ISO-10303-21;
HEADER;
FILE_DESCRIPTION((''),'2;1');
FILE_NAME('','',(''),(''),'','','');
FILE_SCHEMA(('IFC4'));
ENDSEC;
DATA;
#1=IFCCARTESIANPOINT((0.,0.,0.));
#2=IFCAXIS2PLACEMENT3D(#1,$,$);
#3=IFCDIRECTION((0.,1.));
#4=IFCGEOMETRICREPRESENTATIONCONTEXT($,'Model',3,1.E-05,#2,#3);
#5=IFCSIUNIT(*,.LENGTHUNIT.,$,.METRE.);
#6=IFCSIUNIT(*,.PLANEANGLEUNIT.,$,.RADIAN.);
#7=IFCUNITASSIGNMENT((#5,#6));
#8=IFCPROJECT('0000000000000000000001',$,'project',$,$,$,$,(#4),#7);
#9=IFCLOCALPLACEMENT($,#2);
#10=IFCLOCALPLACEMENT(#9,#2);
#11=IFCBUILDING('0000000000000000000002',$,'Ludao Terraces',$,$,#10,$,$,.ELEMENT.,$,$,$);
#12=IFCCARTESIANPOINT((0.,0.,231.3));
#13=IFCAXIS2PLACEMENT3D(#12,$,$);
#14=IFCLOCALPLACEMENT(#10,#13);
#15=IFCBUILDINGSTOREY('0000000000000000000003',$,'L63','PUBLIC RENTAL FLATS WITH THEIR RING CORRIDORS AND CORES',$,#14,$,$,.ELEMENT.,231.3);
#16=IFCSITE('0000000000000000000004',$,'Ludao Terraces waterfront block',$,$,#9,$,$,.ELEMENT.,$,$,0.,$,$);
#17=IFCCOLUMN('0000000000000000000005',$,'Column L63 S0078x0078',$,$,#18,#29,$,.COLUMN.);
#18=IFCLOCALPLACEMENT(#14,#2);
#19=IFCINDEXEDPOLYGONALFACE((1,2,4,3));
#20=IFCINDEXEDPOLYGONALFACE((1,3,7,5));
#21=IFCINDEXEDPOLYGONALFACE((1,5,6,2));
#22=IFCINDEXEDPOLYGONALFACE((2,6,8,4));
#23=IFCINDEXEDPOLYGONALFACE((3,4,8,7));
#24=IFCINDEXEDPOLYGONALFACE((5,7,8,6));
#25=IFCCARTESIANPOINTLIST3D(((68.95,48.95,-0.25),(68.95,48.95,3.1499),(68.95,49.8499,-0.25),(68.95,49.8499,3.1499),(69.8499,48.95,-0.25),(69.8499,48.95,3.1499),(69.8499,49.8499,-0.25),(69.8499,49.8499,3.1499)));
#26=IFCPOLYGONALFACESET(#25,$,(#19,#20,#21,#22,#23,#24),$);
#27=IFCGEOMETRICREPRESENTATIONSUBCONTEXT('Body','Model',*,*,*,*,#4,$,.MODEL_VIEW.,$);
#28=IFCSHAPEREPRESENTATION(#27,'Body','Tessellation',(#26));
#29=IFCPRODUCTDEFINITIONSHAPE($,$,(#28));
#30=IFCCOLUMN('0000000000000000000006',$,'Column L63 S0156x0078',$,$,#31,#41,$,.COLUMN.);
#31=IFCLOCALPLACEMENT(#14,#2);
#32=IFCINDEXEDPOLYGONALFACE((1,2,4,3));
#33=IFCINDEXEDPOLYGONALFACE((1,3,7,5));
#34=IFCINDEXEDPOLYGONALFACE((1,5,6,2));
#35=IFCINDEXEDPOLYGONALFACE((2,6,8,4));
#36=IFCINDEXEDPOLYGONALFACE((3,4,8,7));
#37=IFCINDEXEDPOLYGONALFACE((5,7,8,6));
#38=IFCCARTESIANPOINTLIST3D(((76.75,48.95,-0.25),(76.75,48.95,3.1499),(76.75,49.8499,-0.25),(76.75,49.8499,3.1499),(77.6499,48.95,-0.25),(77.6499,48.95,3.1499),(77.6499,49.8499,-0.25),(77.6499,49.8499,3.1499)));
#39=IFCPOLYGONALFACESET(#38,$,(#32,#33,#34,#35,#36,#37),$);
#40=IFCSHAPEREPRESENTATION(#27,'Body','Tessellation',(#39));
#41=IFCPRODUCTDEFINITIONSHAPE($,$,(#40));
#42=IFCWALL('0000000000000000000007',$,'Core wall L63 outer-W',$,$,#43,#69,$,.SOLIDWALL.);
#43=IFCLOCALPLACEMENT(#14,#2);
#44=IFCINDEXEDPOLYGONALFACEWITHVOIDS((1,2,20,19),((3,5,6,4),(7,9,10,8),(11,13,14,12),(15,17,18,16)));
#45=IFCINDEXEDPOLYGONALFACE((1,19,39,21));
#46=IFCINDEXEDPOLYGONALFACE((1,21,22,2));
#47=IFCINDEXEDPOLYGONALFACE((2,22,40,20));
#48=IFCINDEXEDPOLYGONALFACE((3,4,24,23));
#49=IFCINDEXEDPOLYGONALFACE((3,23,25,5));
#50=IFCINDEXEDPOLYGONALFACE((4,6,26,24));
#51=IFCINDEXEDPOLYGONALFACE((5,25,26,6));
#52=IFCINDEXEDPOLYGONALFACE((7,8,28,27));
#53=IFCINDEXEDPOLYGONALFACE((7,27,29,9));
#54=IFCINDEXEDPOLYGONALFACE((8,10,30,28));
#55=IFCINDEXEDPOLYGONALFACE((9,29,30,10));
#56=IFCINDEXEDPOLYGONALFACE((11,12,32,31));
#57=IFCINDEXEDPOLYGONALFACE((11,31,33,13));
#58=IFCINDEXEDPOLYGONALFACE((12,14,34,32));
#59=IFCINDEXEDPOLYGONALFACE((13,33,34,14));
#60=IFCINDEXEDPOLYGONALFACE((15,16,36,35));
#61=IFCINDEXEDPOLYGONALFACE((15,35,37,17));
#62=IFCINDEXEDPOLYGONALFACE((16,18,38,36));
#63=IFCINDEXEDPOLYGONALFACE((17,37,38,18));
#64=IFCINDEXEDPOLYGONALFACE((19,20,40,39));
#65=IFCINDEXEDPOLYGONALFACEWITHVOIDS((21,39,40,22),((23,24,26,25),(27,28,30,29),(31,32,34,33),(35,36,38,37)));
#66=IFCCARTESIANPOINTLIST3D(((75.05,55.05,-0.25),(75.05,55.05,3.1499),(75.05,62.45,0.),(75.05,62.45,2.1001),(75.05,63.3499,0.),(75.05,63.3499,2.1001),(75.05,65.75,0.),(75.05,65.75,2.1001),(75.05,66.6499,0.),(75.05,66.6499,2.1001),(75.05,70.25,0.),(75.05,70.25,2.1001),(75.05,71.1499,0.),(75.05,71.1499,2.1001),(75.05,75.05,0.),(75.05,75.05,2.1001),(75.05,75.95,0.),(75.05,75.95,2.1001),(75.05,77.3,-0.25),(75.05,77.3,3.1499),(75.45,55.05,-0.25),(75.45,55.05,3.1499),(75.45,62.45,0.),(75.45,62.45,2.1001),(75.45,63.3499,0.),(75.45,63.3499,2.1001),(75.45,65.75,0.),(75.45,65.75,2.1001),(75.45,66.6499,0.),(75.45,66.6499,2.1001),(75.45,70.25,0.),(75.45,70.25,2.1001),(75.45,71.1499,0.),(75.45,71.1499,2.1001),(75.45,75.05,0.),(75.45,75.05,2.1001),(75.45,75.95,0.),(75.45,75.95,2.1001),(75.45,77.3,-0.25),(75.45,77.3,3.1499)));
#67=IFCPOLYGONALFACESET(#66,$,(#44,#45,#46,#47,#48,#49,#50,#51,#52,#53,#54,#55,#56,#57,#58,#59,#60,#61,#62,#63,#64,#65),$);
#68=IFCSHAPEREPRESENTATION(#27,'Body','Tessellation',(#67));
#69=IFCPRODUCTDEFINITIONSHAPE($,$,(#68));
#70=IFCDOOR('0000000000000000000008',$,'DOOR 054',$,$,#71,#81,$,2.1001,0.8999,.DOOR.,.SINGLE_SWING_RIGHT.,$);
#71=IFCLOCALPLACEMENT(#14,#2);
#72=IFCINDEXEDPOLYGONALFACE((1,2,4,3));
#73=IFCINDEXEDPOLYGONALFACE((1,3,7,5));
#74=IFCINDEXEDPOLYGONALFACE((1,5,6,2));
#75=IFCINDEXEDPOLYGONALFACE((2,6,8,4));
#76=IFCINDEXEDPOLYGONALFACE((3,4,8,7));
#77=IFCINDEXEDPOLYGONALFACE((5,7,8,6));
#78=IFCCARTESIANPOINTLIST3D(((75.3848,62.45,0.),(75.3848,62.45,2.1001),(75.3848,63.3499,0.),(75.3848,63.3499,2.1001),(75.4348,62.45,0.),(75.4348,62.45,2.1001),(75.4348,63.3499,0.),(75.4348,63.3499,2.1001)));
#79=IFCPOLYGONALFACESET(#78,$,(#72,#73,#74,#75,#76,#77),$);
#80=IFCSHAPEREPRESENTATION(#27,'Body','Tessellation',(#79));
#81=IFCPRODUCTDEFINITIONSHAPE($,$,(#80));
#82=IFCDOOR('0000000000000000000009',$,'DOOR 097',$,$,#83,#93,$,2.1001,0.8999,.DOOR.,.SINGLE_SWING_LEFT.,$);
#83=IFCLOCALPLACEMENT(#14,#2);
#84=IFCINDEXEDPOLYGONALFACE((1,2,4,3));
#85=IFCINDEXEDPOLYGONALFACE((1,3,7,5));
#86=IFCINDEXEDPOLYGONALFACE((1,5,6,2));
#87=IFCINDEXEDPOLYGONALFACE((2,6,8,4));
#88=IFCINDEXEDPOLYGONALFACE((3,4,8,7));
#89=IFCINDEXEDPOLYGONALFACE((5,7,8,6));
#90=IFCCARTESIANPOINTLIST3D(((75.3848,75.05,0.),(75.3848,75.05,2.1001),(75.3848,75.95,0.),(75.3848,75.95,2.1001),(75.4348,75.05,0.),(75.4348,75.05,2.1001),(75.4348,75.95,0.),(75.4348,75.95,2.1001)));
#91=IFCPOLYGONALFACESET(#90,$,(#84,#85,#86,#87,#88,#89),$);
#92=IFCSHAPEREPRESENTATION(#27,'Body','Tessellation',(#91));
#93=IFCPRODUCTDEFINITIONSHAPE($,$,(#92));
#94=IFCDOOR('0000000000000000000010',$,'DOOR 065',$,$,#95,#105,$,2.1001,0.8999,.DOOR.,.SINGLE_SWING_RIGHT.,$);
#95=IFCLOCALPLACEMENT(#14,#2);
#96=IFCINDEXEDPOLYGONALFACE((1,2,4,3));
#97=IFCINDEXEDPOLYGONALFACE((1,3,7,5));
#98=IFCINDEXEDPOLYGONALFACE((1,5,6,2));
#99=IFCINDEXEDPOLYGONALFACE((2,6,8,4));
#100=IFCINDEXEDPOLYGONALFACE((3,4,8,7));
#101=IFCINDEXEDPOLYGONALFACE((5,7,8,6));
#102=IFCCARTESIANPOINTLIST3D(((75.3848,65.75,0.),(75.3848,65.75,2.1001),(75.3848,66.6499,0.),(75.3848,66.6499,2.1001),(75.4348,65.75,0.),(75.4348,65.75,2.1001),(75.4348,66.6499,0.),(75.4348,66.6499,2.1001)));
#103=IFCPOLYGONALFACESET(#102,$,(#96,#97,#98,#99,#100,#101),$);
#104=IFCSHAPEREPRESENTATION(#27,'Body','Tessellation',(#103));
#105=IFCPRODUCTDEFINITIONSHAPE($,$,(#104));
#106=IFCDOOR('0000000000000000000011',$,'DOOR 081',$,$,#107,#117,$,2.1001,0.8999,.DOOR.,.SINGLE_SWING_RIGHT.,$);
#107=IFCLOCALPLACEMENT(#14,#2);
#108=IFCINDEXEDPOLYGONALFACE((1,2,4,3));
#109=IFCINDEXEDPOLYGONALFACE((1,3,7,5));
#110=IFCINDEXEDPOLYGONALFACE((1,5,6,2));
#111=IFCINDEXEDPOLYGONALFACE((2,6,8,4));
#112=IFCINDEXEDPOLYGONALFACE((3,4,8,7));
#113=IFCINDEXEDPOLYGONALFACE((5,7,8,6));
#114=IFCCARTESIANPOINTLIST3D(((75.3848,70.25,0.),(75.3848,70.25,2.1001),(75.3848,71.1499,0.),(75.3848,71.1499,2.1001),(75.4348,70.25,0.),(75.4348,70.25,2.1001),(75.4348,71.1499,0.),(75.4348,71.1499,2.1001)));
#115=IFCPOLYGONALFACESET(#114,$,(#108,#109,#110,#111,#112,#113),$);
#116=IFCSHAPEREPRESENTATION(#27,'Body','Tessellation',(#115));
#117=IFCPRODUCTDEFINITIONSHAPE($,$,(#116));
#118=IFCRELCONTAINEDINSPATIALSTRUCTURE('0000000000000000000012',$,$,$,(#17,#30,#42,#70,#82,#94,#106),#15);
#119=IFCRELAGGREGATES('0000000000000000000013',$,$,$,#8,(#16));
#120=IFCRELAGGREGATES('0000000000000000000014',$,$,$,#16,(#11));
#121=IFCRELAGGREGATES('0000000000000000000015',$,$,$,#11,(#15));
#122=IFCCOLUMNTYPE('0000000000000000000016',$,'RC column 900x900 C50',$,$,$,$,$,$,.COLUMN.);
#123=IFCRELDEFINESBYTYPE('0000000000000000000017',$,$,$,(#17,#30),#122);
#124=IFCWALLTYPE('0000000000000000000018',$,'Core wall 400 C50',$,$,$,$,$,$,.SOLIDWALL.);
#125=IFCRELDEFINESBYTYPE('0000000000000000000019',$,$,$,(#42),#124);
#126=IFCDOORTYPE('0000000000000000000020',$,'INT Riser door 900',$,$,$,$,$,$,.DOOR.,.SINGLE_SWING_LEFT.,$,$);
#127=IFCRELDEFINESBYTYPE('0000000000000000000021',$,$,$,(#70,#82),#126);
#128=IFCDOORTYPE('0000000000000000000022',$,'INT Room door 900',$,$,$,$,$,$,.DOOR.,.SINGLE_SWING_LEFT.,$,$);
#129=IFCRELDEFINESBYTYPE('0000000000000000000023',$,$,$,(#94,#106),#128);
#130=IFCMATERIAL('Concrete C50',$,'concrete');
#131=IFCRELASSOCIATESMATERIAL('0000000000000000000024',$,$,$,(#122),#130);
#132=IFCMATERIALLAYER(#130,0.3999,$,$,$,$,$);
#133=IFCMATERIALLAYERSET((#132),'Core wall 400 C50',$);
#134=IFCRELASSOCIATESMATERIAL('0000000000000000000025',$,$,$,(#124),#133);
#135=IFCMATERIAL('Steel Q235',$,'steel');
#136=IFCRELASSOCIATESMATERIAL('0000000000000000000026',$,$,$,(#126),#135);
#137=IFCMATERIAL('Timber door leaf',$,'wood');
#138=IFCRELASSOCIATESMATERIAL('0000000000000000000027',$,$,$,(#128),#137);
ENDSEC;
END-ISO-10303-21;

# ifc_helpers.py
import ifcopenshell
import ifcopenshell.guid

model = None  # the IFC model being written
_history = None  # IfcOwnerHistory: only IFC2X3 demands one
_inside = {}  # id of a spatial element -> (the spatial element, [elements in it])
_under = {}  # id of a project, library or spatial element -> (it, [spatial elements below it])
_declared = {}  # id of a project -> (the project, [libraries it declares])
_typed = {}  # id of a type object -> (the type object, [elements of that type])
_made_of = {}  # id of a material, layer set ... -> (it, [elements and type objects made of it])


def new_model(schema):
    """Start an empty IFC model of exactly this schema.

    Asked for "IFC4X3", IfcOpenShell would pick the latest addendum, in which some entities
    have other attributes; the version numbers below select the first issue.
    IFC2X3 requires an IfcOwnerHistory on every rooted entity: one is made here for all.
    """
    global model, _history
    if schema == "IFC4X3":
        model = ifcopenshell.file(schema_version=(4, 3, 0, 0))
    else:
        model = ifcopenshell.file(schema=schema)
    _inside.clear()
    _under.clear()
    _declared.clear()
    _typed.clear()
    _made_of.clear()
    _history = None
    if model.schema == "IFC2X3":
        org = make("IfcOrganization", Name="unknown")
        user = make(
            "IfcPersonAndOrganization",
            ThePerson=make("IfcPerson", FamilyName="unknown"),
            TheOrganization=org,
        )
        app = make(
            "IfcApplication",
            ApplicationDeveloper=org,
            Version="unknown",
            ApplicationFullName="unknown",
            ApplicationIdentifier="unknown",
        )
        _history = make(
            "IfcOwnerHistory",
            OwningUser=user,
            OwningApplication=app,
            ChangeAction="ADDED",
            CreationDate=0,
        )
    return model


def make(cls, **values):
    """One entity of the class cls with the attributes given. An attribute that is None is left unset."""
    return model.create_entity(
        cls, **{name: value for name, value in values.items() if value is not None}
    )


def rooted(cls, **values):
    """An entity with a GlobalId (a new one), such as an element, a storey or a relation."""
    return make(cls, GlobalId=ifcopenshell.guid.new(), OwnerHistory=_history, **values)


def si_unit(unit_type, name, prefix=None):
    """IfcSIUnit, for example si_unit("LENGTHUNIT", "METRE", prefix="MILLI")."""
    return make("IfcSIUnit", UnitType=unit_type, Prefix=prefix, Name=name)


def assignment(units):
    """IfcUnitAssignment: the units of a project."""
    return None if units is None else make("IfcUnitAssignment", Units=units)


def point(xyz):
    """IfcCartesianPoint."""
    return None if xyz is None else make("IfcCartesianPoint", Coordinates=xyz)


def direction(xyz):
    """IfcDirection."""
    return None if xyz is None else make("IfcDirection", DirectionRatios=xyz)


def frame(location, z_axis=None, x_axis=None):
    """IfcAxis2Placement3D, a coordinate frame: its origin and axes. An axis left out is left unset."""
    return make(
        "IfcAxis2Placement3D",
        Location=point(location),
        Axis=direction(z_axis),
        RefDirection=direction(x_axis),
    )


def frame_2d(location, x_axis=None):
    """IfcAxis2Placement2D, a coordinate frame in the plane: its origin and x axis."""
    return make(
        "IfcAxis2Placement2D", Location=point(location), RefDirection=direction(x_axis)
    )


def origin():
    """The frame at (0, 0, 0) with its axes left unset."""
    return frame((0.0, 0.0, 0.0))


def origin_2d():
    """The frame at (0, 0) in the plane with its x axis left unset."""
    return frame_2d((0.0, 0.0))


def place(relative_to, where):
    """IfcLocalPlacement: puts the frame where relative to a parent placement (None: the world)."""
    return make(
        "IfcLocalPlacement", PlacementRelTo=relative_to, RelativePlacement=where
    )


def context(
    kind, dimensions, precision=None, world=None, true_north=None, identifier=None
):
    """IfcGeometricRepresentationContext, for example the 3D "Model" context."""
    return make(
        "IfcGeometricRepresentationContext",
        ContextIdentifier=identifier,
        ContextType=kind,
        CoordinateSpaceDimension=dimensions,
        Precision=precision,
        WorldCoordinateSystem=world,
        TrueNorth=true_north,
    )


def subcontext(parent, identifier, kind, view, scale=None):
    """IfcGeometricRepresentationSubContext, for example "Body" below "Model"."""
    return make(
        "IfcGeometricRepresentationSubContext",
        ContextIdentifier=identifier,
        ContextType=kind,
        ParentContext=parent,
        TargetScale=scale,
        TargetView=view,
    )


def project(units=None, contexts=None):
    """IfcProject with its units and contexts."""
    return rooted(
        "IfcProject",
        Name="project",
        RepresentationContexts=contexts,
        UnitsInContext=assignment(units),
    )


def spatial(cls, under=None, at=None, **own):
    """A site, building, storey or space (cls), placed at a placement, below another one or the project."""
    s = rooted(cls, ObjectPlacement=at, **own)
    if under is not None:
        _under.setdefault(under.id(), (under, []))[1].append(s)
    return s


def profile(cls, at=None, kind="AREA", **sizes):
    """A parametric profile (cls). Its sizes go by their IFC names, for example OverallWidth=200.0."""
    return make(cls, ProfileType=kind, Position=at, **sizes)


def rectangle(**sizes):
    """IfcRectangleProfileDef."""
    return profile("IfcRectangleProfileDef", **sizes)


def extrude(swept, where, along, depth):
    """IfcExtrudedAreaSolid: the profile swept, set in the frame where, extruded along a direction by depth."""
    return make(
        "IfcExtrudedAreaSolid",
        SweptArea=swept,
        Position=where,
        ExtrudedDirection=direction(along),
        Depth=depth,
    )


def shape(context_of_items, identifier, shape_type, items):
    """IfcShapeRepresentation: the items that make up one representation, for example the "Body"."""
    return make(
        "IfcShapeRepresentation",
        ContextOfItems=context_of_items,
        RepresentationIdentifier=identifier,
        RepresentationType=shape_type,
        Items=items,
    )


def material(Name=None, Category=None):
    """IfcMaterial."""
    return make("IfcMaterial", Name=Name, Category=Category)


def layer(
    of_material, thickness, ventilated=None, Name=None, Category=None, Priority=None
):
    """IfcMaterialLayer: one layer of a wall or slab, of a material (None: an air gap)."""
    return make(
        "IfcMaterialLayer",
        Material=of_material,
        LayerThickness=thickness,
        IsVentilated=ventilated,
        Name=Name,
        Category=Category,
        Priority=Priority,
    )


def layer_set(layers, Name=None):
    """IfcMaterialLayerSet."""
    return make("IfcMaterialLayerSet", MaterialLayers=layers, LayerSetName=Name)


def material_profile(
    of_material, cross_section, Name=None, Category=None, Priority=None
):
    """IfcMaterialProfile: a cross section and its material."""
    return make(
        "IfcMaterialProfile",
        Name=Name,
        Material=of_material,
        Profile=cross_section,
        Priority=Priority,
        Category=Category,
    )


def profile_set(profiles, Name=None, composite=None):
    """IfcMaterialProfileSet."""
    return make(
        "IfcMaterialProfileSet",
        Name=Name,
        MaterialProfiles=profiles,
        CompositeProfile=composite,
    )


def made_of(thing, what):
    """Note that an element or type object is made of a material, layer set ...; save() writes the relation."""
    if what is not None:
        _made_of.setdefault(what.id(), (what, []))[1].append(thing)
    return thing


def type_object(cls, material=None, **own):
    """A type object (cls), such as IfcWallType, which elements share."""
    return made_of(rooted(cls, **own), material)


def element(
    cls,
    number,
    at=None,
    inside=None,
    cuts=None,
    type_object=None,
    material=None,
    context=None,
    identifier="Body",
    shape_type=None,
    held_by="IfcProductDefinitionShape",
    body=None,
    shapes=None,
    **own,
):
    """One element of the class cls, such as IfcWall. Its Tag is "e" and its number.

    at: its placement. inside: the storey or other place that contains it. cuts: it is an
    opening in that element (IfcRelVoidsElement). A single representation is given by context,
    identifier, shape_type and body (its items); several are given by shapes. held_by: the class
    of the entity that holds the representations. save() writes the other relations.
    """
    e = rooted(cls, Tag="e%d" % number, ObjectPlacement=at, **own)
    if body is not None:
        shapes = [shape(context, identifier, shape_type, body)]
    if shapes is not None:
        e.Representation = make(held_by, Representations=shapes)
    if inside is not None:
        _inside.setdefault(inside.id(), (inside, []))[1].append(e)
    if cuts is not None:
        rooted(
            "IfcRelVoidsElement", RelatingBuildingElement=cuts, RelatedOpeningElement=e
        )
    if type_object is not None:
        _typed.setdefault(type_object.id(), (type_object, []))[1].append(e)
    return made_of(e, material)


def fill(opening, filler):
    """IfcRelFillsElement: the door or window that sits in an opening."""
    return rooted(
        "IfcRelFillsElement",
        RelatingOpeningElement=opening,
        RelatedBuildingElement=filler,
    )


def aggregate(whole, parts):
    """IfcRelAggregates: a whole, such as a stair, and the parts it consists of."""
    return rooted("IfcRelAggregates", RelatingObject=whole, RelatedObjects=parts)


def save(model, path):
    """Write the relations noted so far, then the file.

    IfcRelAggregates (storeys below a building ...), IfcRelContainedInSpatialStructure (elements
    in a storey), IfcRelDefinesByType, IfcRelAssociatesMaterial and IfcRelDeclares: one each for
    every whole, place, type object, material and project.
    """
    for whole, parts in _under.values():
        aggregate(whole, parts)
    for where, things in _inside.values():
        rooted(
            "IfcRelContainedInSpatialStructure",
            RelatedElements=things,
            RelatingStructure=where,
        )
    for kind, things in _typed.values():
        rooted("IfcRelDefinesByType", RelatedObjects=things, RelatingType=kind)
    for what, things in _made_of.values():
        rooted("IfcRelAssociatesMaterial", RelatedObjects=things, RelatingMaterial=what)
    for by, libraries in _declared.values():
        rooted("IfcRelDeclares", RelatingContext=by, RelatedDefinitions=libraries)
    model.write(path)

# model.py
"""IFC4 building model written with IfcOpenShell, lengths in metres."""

from ifc_helpers import new_model, si_unit, direction, frame, frame_2d, origin, origin_2d, place, context, subcontext, project, spatial, rectangle, extrude, material, layer, layer_set, material_profile, profile_set, type_object, element, fill, save


model = new_model("IFC4")

# Units and contexts
model_context = context("Model", 3, precision=1e-05, world=origin(), true_north=direction((0.0, 1.0)))
body_context = subcontext(model_context, "Body", "Model", "MODEL_VIEW")
ifc_project = project(units=[si_unit("LENGTHUNIT", "METRE"), si_unit("PLANEANGLEUNIT", "RADIAN")], contexts=[model_context])

# Site, building, storey
site_placement = place(None, origin())
site = spatial("IfcSite", under=ifc_project, at=site_placement, Name="Ludao Terraces waterfront block", CompositionType="ELEMENT", RefElevation=0.0)
building_placement = place(site_placement, origin())
building = spatial("IfcBuilding", under=site, at=building_placement, Name="Ludao Terraces", CompositionType="ELEMENT")
storey_placement = place(building_placement, frame((0.0, 0.0, 231.3)))
storey = spatial("IfcBuildingStorey", under=building, at=storey_placement, Name="L63", Description="PUBLIC RENTAL FLATS WITH THEIR RING CORRIDORS AND CORES", CompositionType="ELEMENT", Elevation=231.3)

# Columns
ifc_material_1 = material(Name="Concrete C50", Category="concrete")
ifc_material_profile = material_profile(ifc_material_1, rectangle(XDim=0.8999, YDim=0.8999, at=origin_2d()), Name="900 X 900")
ifc_profile_set = profile_set([ifc_material_profile], Name="Concrete C50")
column_type = type_object("IfcColumnType", Name="RC column 900x900 C50", PredefinedType="COLUMN", material=ifc_profile_set)
for number, where, z_axis, x_axis, name in (
    (1, (69.3999, 49.3999, -0.25), (0.0, 0.0, 1.0), (1.0, 0.0, 0.0), "Column L63 S0078x0078"),
    (2, (77.2, 49.3999, -0.25), (0.0, 0.0, 1.0), (1.0, 0.0, 0.0), "Column L63 S0156x0078"),
):
    element("IfcColumn", number, at=place(storey_placement, frame(where, z_axis=z_axis, x_axis=x_axis)), inside=storey, type_object=column_type, Name=name, PredefinedType="COLUMN", context=body_context, shape_type="SweptSolid", body=[
        extrude(rectangle(XDim=0.8999, YDim=0.8999, at=origin_2d()), origin(), (0.0, 0.0, 1.0), 3.3999),
    ])

# Wall, openings, doors
ifc_layer_1 = layer(ifc_material_1, 0.3999)
ifc_layer_set_1 = layer_set([ifc_layer_1], Name="Core wall 400 C50")
wall_type_1 = type_object("IfcWallType", Name="Core wall 400 C50", PredefinedType="SOLIDWALL", material=ifc_layer_set_1)
wall_1_placement = place(storey_placement, frame((75.25, 55.05, -0.25), z_axis=(0.0, 0.0, 1.0), x_axis=(0.0, 1.0, 0.0)))
wall_1 = element("IfcWall", 3, at=wall_1_placement, inside=storey, type_object=wall_type_1, Name="Core wall L63 outer-W", PredefinedType="SOLIDWALL", context=body_context, shape_type="SweptSolid", body=[
    extrude(rectangle(XDim=22.25, YDim=0.3999, at=frame_2d((11.125, 0.0))), origin(), (0.0, 0.0, 1.0), 3.3999),
])
opening_1_placement = place(wall_1_placement, frame((7.3999, 0.0, 0.25)))
opening_1 = element("IfcOpeningElement", 4, at=opening_1_placement, cuts=wall_1, PredefinedType="OPENING", context=body_context, shape_type="SweptSolid", body=[
    extrude(rectangle(XDim=0.8999, YDim=2.1001, at=frame_2d((0.45, 1.05))), frame((0.0, 0.21, 0.0), z_axis=(0.0, -1.0, 0.0), x_axis=(1.0, 0.0, 0.0)), (0.0, 0.0, 1.0), 0.4199),
])
opening_2_placement = place(wall_1_placement, frame((10.7, 0.0, 0.25)))
opening_2 = element("IfcOpeningElement", 5, at=opening_2_placement, cuts=wall_1, PredefinedType="OPENING", context=body_context, shape_type="SweptSolid", body=[
    extrude(rectangle(XDim=0.8999, YDim=2.1001, at=frame_2d((0.45, 1.05))), frame((0.0, 0.21, 0.0), z_axis=(0.0, -1.0, 0.0), x_axis=(1.0, 0.0, 0.0)), (0.0, 0.0, 1.0), 0.4199),
])
opening_3_placement = place(wall_1_placement, frame((15.2, 0.0, 0.25)))
opening_3 = element("IfcOpeningElement", 6, at=opening_3_placement, cuts=wall_1, PredefinedType="OPENING", context=body_context, shape_type="SweptSolid", body=[
    extrude(rectangle(XDim=0.8999, YDim=2.1001, at=frame_2d((0.45, 1.05))), frame((0.0, 0.21, 0.0), z_axis=(0.0, -1.0, 0.0), x_axis=(1.0, 0.0, 0.0)), (0.0, 0.0, 1.0), 0.4199),
])
opening_4_placement = place(wall_1_placement, frame((20.0, 0.0, 0.25)))
opening_4 = element("IfcOpeningElement", 7, at=opening_4_placement, cuts=wall_1, PredefinedType="OPENING", context=body_context, shape_type="SweptSolid", body=[
    extrude(rectangle(XDim=0.8999, YDim=2.1001, at=frame_2d((0.45, 1.05))), frame((0.0, 0.21, 0.0), z_axis=(0.0, -1.0, 0.0), x_axis=(1.0, 0.0, 0.0)), (0.0, 0.0, 1.0), 0.4199),
])
ifc_material_2 = material(Name="Steel Q235", Category="steel")
door_type_1 = type_object("IfcDoorType", Name="INT Riser door 900", OperationType="SINGLE_SWING_LEFT", PredefinedType="DOOR", material=ifc_material_2)
door_1_placement = place(opening_1_placement, origin())
door_1 = element("IfcDoor", 8, at=door_1_placement, inside=storey, type_object=door_type_1, Name="DOOR 054", OperationType="SINGLE_SWING_RIGHT", OverallHeight=2.1001, OverallWidth=0.8999, PredefinedType="DOOR", context=body_context, shape_type="SweptSolid", body=[
    extrude(rectangle(XDim=0.8999, YDim=2.1001, at=frame_2d((0.45, 1.05))), frame((0.0, -0.1348, 0.0), z_axis=(0.0, -1.0, 0.0), x_axis=(1.0, 0.0, 0.0)), (0.0, 0.0, 1.0), 0.05),
])
fill(opening_1, door_1)
door_2_placement = place(opening_4_placement, origin())
door_2 = element("IfcDoor", 9, at=door_2_placement, inside=storey, type_object=door_type_1, Name="DOOR 097", OperationType="SINGLE_SWING_LEFT", OverallHeight=2.1001, OverallWidth=0.8999, PredefinedType="DOOR", context=body_context, shape_type="SweptSolid", body=[
    extrude(rectangle(XDim=0.8999, YDim=2.1001, at=frame_2d((0.45, 1.05))), frame((0.0, -0.1348, 0.0), z_axis=(0.0, -1.0, 0.0), x_axis=(1.0, 0.0, 0.0)), (0.0, 0.0, 1.0), 0.05),
])
fill(opening_4, door_2)
ifc_material_3 = material(Name="Timber door leaf", Category="wood")
door_type_2 = type_object("IfcDoorType", Name="INT Room door 900", OperationType="SINGLE_SWING_LEFT", PredefinedType="DOOR", material=ifc_material_3)
door_3_placement = place(opening_2_placement, origin())
door_3 = element("IfcDoor", 10, at=door_3_placement, inside=storey, type_object=door_type_2, Name="DOOR 065", OperationType="SINGLE_SWING_RIGHT", OverallHeight=2.1001, OverallWidth=0.8999, PredefinedType="DOOR", context=body_context, shape_type="SweptSolid", body=[
    extrude(rectangle(XDim=0.8999, YDim=2.1001, at=frame_2d((0.45, 1.05))), frame((0.0, -0.1348, 0.0), z_axis=(0.0, -1.0, 0.0), x_axis=(1.0, 0.0, 0.0)), (0.0, 0.0, 1.0), 0.05),
])
fill(opening_2, door_3)
door_4_placement = place(opening_3_placement, origin())
door_4 = element("IfcDoor", 11, at=door_4_placement, inside=storey, type_object=door_type_2, Name="DOOR 081", OperationType="SINGLE_SWING_RIGHT", OverallHeight=2.1001, OverallWidth=0.8999, PredefinedType="DOOR", context=body_context, shape_type="SweptSolid", body=[
    extrude(rectangle(XDim=0.8999, YDim=2.1001, at=frame_2d((0.45, 1.05))), frame((0.0, -0.1348, 0.0), z_axis=(0.0, -1.0, 0.0), x_axis=(1.0, 0.0, 0.0)), (0.0, 0.0, 1.0), 0.05),
])
fill(opening_3, door_4)

save(model, "model.ifc")
